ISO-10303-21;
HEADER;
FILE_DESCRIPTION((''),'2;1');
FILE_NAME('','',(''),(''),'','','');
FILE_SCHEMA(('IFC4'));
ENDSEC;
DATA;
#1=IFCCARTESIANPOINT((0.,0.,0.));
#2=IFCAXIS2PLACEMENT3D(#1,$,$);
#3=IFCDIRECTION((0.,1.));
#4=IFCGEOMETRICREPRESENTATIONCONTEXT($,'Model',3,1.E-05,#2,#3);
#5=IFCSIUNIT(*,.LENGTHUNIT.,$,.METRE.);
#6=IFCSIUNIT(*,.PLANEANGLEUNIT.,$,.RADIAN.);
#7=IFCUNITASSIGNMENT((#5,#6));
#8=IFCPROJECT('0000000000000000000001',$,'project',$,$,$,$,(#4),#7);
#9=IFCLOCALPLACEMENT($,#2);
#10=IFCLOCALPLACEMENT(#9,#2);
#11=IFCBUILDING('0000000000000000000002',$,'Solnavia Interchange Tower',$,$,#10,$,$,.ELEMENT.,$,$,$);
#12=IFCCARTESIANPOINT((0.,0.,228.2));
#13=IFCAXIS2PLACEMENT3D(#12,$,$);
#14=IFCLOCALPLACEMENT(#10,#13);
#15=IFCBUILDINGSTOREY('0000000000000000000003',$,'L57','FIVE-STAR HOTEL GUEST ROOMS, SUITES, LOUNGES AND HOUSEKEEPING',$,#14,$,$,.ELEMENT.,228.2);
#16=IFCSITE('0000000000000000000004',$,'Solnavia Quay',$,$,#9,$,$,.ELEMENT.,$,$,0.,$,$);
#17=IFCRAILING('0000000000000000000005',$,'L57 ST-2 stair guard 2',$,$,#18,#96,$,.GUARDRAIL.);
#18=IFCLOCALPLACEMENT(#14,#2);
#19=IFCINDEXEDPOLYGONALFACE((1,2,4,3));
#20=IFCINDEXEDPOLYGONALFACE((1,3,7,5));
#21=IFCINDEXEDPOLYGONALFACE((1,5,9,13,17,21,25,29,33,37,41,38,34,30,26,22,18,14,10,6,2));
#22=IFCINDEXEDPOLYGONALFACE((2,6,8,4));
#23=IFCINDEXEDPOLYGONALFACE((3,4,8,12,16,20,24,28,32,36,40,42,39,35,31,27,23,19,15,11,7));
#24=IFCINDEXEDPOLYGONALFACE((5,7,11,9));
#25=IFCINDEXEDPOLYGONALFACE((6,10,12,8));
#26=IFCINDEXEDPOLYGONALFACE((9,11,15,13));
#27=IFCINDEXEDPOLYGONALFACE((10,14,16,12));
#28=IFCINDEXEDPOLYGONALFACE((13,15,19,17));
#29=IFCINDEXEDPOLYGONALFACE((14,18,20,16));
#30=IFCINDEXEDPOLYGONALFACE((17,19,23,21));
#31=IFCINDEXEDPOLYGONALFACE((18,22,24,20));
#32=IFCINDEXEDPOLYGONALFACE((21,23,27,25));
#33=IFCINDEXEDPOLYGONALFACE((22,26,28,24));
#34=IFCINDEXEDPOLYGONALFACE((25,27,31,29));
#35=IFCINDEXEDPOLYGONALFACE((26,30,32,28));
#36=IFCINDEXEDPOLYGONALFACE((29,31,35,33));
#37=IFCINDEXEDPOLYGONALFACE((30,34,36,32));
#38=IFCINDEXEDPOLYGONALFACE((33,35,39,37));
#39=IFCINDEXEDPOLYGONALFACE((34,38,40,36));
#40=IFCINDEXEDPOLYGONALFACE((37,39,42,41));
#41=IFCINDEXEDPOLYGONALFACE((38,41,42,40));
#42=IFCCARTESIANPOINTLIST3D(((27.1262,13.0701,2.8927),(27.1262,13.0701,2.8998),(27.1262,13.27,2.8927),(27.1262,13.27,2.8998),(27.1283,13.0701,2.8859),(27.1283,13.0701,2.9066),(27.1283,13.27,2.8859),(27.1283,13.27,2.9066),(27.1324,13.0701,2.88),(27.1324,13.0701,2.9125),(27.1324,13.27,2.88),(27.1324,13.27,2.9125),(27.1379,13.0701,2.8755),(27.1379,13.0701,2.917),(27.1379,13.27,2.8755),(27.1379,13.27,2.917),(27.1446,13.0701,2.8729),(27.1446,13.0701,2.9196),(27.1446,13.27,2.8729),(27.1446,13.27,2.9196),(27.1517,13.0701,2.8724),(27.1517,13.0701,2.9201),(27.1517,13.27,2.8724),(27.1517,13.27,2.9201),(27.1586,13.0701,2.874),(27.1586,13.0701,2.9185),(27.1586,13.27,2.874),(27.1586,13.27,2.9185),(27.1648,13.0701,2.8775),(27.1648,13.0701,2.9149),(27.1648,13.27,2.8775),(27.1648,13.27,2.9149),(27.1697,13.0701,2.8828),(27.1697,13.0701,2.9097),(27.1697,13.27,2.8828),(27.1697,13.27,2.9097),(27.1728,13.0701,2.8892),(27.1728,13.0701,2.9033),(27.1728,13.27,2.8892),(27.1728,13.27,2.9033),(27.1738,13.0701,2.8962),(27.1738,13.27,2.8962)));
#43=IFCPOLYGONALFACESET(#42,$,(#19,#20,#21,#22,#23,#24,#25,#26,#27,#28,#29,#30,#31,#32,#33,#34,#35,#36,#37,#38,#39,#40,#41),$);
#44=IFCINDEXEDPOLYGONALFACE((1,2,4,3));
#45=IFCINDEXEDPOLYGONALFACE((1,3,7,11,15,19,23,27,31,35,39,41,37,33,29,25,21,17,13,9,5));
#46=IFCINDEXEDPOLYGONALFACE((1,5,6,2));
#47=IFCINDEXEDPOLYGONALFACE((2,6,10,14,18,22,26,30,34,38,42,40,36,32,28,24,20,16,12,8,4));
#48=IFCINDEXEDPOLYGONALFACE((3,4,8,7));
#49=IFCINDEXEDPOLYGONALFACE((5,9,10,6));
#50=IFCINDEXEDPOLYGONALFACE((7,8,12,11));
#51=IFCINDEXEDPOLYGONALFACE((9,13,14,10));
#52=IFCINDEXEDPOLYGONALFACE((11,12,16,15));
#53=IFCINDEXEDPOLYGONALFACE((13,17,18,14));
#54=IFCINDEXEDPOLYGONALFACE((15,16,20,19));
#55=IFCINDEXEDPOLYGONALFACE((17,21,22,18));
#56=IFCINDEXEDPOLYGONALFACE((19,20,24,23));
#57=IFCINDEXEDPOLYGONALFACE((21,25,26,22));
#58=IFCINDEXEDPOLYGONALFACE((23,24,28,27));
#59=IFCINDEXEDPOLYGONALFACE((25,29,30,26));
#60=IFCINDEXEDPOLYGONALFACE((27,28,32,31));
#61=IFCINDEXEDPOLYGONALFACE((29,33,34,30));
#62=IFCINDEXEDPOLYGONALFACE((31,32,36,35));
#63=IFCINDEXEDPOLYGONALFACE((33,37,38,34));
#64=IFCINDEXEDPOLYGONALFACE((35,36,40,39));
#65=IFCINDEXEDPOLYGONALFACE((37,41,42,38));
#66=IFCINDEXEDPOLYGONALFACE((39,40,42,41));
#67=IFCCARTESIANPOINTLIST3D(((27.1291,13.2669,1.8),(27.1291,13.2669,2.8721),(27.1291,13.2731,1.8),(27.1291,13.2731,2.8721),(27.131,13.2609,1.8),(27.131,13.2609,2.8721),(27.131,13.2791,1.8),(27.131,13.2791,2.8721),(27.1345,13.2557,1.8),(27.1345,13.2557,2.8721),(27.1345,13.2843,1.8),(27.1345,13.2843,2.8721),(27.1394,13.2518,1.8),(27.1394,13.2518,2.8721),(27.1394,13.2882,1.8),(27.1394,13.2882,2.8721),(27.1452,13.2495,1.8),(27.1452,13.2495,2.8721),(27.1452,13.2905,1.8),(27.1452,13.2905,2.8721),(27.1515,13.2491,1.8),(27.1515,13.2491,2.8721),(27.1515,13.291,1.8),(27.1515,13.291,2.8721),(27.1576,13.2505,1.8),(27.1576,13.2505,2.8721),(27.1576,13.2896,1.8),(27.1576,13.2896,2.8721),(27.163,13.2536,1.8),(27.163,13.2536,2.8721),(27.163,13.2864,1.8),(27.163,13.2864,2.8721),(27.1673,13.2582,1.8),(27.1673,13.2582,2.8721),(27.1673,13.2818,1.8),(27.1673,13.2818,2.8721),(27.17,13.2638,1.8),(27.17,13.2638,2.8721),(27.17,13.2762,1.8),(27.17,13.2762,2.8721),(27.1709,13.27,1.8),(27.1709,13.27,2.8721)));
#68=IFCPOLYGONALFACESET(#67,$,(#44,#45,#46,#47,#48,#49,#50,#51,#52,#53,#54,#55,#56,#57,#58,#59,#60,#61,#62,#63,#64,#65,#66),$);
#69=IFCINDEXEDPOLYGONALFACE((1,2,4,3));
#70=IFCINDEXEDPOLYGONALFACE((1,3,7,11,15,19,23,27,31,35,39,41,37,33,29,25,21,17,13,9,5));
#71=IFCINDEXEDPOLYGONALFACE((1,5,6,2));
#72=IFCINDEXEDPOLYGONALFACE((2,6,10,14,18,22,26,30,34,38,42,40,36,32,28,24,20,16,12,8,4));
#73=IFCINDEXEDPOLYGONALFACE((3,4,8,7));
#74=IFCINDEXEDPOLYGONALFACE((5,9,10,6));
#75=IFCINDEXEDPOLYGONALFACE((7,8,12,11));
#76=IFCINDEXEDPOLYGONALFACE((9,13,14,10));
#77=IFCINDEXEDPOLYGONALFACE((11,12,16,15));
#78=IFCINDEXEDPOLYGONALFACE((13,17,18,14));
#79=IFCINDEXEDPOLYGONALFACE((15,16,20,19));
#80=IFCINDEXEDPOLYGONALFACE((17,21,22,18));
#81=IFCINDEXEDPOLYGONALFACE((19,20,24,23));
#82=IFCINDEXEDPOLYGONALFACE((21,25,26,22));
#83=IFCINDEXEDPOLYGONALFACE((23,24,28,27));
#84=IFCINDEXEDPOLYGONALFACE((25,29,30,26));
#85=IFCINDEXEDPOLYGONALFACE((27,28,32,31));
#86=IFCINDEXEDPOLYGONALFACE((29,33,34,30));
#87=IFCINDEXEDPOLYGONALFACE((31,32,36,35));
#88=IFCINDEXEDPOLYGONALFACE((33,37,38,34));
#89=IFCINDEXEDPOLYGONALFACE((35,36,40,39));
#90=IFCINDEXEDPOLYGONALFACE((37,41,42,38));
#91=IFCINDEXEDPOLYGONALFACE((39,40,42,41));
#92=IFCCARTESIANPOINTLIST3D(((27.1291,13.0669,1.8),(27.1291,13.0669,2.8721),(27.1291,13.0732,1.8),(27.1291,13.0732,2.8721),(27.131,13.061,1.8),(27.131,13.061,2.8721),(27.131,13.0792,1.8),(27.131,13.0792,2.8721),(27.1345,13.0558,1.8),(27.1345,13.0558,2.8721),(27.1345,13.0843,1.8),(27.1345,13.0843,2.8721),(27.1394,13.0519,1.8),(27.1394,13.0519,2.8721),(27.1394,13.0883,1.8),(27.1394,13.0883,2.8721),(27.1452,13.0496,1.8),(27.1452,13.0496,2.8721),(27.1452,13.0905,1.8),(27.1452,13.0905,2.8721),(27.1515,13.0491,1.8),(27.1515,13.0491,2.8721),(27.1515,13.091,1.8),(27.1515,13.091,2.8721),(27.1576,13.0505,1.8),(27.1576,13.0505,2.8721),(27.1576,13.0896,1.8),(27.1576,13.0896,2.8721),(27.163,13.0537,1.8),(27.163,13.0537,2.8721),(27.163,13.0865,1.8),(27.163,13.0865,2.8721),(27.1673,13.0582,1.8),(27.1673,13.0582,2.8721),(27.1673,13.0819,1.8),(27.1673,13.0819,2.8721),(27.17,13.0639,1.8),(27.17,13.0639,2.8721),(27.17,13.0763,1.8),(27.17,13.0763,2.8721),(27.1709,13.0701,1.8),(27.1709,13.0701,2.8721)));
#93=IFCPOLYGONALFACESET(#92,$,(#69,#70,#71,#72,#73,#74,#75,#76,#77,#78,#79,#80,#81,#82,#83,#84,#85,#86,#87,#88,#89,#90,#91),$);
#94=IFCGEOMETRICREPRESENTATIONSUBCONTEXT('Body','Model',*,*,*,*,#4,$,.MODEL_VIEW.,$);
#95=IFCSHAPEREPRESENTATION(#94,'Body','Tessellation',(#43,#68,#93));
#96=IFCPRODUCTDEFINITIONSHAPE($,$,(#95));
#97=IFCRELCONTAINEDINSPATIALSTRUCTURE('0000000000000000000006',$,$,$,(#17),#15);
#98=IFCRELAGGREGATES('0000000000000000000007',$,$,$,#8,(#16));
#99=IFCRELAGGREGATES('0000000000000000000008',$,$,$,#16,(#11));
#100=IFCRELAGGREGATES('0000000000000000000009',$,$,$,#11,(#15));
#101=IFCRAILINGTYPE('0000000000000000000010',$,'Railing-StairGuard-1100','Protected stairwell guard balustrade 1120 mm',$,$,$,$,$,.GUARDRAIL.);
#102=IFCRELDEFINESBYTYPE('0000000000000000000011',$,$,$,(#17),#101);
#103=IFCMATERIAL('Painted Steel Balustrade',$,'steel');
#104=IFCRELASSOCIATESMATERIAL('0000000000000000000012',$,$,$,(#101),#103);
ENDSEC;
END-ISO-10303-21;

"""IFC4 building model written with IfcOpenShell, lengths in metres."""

from ifc_helpers import new_model, si_unit, direction, frame, origin, origin_2d, place, context, subcontext, project, spatial, circle, extrude, material, type_object, element, save


model = new_model("IFC4")

# Units and contexts
model_context = context("Model", 3, precision=1e-05, world=origin(), true_north=direction((0.0, 1.0)))
body_context = subcontext(model_context, "Body", "Model", "MODEL_VIEW")
ifc_project = project(units=[si_unit("LENGTHUNIT", "METRE"), si_unit("PLANEANGLEUNIT", "RADIAN")], contexts=[model_context])

# Site, building, storey
site_placement = place(None, origin())
site = spatial("IfcSite", under=ifc_project, at=site_placement, Name="Solnavia Quay", CompositionType="ELEMENT", RefElevation=0.0)
building_placement = place(site_placement, origin())
building = spatial("IfcBuilding", under=site, at=building_placement, Name="Solnavia Interchange Tower", CompositionType="ELEMENT")
storey_placement = place(building_placement, frame((0.0, 0.0, 228.2)))
storey = spatial("IfcBuildingStorey", under=building, at=storey_placement, Name="L57", Description="FIVE-STAR HOTEL GUEST ROOMS, SUITES, LOUNGES AND HOUSEKEEPING", CompositionType="ELEMENT", Elevation=228.2)

# Railing
ifc_material_1 = material(Name="Painted Steel Balustrade", Category="steel")
railing_type_1 = type_object("IfcRailingType", Name="Railing-StairGuard-1100", Description="Protected stairwell guard balustrade 1120 mm", PredefinedType="GUARDRAIL", material=ifc_material_1)
railing_1_placement = place(storey_placement, frame((27.1499, 13.27, 1.8)))
element("IfcRailing", 1, at=railing_1_placement, inside=storey, type_object=railing_type_1, Name="L57 ST-2 stair guard 2", PredefinedType="GUARDRAIL", context=body_context, shape_type="SweptSolid", body=[
    extrude(circle(Radius=0.0239, at=origin_2d()), frame((0.0, 0.0, 1.0962), z_axis=(0.0, -1.0, 0.0), x_axis=(1.0, 0.0, 0.0)), (0.0, 0.0, 1.0), 0.2),
    extrude(circle(Radius=0.021, at=origin_2d()), origin(), (0.0, 0.0, 1.0), 1.072),
    extrude(circle(Radius=0.021, at=origin_2d()), frame((0.0, -0.2, 0.0)), (0.0, 0.0, 1.0), 1.072),
])

save(model, "model.ifc")
